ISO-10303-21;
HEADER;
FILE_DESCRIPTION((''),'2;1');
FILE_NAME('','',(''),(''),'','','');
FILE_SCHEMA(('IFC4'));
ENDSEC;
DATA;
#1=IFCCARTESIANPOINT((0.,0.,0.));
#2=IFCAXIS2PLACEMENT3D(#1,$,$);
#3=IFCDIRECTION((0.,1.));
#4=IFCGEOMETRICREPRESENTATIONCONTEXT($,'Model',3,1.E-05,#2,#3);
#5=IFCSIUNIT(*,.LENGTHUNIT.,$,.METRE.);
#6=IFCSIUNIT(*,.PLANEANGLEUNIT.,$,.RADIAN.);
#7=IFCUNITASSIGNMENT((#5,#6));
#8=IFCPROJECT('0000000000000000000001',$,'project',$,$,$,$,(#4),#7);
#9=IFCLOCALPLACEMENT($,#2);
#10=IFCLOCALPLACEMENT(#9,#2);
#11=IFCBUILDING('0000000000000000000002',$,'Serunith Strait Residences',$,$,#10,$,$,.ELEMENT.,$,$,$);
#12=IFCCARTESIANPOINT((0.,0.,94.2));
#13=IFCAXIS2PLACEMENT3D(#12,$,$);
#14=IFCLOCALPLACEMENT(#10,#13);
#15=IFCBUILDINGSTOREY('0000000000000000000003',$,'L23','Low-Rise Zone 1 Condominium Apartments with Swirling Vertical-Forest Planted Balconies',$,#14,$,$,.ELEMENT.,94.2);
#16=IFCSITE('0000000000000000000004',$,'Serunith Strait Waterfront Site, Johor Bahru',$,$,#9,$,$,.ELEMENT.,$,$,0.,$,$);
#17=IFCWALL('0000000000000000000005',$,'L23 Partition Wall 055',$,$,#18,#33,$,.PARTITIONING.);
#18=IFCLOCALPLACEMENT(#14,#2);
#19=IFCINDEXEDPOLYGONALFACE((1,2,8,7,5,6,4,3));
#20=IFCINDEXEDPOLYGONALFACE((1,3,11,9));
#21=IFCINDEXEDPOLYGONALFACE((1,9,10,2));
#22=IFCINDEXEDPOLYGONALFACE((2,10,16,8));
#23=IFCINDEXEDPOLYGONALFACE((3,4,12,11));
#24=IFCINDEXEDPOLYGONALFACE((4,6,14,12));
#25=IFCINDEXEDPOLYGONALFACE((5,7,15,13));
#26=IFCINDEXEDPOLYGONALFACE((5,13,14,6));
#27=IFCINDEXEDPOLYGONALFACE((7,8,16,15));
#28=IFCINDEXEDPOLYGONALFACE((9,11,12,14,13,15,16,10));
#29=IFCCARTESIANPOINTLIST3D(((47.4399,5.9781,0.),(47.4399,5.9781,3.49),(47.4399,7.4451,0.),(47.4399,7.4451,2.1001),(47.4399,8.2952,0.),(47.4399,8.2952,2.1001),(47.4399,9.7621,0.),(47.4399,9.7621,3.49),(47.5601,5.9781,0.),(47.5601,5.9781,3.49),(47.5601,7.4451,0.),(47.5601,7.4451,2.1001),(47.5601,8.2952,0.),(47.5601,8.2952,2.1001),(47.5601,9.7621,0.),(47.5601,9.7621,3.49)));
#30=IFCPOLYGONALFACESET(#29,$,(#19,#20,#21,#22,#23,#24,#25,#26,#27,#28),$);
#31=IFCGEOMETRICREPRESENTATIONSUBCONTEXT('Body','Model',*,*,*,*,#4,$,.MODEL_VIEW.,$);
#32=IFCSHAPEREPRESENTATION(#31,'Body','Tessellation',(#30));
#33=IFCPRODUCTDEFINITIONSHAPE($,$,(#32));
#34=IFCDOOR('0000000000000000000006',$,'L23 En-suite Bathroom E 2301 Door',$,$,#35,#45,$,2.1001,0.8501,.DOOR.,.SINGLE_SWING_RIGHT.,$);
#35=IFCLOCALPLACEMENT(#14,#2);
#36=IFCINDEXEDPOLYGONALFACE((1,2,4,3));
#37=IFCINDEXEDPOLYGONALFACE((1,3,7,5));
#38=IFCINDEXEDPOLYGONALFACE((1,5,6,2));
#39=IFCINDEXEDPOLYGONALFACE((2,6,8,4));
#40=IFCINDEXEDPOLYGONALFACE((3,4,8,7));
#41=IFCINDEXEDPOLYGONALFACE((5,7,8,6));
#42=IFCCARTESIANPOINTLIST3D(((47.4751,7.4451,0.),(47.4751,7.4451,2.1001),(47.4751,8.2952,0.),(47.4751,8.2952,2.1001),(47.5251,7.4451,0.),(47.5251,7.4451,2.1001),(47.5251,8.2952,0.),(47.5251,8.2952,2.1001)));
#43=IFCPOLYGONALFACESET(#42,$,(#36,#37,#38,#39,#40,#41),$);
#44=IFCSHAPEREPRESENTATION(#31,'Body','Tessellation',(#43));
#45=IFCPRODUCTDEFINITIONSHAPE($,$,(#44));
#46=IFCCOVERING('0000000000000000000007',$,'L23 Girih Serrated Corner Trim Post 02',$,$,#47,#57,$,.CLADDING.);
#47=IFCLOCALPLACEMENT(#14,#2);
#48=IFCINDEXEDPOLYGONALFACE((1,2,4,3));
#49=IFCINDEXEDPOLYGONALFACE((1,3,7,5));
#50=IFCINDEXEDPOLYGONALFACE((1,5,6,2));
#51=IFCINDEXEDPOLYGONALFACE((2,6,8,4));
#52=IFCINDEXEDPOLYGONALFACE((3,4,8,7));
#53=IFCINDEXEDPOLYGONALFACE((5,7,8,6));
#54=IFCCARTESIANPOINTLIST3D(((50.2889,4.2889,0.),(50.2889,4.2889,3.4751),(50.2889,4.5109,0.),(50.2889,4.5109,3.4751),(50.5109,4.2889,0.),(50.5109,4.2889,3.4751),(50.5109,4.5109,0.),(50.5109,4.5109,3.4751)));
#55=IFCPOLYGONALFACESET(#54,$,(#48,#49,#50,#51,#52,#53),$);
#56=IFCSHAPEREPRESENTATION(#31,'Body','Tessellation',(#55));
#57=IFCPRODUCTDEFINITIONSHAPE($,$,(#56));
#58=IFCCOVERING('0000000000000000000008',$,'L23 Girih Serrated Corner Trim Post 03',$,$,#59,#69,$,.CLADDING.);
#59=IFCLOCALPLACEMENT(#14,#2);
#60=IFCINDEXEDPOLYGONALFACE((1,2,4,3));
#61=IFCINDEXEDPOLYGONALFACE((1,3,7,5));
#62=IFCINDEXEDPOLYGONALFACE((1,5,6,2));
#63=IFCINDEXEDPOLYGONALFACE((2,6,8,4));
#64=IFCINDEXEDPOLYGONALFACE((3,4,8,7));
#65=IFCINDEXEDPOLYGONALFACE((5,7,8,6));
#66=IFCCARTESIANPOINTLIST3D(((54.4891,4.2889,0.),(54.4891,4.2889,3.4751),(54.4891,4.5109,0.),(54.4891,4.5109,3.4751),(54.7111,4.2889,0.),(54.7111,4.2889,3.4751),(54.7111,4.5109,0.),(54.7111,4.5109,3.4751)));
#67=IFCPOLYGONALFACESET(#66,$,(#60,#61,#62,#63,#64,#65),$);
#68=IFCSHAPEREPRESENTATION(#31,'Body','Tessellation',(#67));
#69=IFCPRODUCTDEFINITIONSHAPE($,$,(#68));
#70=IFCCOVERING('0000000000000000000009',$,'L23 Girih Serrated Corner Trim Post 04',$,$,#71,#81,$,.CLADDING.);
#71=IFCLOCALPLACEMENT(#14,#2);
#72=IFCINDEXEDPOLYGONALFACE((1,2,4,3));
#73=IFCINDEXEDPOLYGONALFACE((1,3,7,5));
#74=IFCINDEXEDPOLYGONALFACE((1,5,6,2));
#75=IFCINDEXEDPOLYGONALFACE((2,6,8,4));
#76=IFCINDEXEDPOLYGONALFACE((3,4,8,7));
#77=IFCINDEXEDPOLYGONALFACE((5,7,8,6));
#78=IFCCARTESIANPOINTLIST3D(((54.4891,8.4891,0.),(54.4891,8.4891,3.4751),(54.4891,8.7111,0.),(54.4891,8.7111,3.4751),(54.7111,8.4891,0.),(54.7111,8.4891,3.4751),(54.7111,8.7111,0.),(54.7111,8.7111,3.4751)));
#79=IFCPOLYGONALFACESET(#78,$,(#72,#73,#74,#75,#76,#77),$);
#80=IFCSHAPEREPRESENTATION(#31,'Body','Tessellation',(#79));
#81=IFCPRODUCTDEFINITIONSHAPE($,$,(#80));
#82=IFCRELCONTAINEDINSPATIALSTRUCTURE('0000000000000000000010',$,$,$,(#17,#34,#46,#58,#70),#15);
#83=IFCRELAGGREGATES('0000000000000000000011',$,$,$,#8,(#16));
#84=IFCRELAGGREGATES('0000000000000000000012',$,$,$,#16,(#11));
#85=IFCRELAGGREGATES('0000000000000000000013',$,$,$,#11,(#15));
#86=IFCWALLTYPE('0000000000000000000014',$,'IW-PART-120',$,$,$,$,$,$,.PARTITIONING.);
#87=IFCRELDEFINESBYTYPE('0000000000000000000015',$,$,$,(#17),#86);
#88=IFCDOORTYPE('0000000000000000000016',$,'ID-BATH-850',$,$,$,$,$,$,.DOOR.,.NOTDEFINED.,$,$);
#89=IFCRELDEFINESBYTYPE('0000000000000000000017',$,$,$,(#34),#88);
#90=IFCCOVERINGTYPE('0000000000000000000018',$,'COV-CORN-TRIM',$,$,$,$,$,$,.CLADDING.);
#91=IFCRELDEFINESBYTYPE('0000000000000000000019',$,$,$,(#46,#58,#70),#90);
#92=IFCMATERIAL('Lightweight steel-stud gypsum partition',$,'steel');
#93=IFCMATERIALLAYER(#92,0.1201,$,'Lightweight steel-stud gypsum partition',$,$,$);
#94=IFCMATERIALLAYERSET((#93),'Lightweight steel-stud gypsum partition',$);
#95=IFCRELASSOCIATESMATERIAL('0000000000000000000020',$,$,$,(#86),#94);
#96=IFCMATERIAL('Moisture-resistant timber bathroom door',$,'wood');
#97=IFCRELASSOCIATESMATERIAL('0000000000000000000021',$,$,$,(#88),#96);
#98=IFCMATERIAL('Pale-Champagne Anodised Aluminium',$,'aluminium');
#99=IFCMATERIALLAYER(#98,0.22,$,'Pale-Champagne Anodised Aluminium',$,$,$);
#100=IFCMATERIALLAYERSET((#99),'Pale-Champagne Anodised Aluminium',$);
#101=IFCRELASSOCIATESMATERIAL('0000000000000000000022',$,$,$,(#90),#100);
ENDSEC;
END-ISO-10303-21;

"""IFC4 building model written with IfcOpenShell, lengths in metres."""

from ifc_helpers import new_model, si_unit, direction, frame, frame_2d, origin, origin_2d, place, context, subcontext, project, spatial, rectangle, extrude, source, transform, mapped, material, layer, layer_set, type_object, element, fill, save


model = new_model("IFC4")

# Units and contexts
model_context = context("Model", 3, precision=1e-05, world=origin(), true_north=direction((0.0, 1.0)))
body_context = subcontext(model_context, "Body", "Model", "MODEL_VIEW")
ifc_project = project(units=[si_unit("LENGTHUNIT", "METRE"), si_unit("PLANEANGLEUNIT", "RADIAN")], contexts=[model_context])

# Site, building, storey
site_placement = place(None, origin())
site = spatial("IfcSite", under=ifc_project, at=site_placement, Name="Serunith Strait Waterfront Site, Johor Bahru", CompositionType="ELEMENT", RefElevation=0.0)
building_placement = place(site_placement, origin())
building = spatial("IfcBuilding", under=site, at=building_placement, Name="Serunith Strait Residences", CompositionType="ELEMENT")
storey_placement = place(building_placement, frame((0.0, 0.0, 94.2)))
storey = spatial("IfcBuildingStorey", under=building, at=storey_placement, Name="L23", Description="Low-Rise Zone 1 Condominium Apartments with Swirling Vertical-Forest Planted Balconies", CompositionType="ELEMENT", Elevation=94.2)

# Shared definitions
ifc_material_1 = material(Name="Pale-Champagne Anodised Aluminium", Category="aluminium")

# Shared definitions
ifc_material_2 = material(Name="Lightweight steel-stud gypsum partition", Category="steel")
ifc_layer_1 = layer(ifc_material_2, 0.1201, Name="Lightweight steel-stud gypsum partition")
ifc_layer_set_1 = layer_set([ifc_layer_1], Name="Lightweight steel-stud gypsum partition")
wall_type_1 = type_object("IfcWallType", Name="IW-PART-120", PredefinedType="PARTITIONING", material=ifc_layer_set_1)

# Wall, opening, door
wall_1_placement = place(storey_placement, frame((47.5, 5.978, 0.0), z_axis=(0.0, 0.0, 1.0), x_axis=(0.0, 1.0, 0.0)))
wall_1 = element("IfcWall", 1, at=wall_1_placement, inside=storey, type_object=wall_type_1, Name="L23 Partition Wall 055", PredefinedType="PARTITIONING", context=body_context, shape_type="SweptSolid", body=[
    extrude(rectangle(XDim=3.7839, YDim=0.1201, at=frame_2d((1.8921, 0.0))), origin(), (0.0, 0.0, 1.0), 3.49),
])
opening_1_placement = place(wall_1_placement, frame((1.467, 0.0, 0.0)))
opening_1 = element("IfcOpeningElement", 2, at=opening_1_placement, cuts=wall_1, PredefinedType="OPENING", context=body_context, shape_type="SweptSolid", body=[
    extrude(rectangle(XDim=0.8501, YDim=2.1001, at=frame_2d((0.425, 1.05))), frame((0.0, 0.0701, 0.0), z_axis=(0.0, -1.0, 0.0), x_axis=(1.0, 0.0, 0.0)), (0.0, 0.0, 1.0), 0.1401),
])
ifc_material_3 = material(Name="Moisture-resistant timber bathroom door", Category="wood")
door_type = type_object("IfcDoorType", Name="ID-BATH-850", OperationType="NOTDEFINED", PredefinedType="DOOR", material=ifc_material_3)
shared_shape_1 = source(origin(), body_context, "Body", "SweptSolid", [
    extrude(rectangle(XDim=0.8501, YDim=2.1001, at=frame_2d((0.425, 1.05))), frame((0.0, 0.0249, 0.0), z_axis=(0.0, -1.0, 0.0), x_axis=(1.0, 0.0, 0.0)), (0.0, 0.0, 1.0), 0.05),
])
door_placement = place(opening_1_placement, origin())
door = element("IfcDoor", 3, at=door_placement, inside=storey, type_object=door_type, Name="L23 En-suite Bathroom E 2301 Door", OperationType="SINGLE_SWING_RIGHT", OverallHeight=2.1001, OverallWidth=0.8501, PredefinedType="DOOR", context=body_context, shape_type="MappedRepresentation", body=[
    mapped(shared_shape_1, transform((0.0, 0.0, 0.0), scale=1.0)),
])
fill(opening_1, door)

# Coverings
ifc_layer_2 = layer(ifc_material_1, 0.22, Name="Pale-Champagne Anodised Aluminium")
ifc_layer_set_2 = layer_set([ifc_layer_2], Name="Pale-Champagne Anodised Aluminium")
covering_type = type_object("IfcCoveringType", Name="COV-CORN-TRIM", PredefinedType="CLADDING", material=ifc_layer_set_2)
shared_shape_2 = source(origin(), body_context, "Body", "SweptSolid", [
    extrude(rectangle(XDim=0.2219, YDim=0.2219, at=origin_2d()), origin(), (0.0, 0.0, 1.0), 3.4751),
])
for number, where, z_axis, x_axis, name in (
    (4, (50.3999, 4.3999, 0.0), (0.0, 0.0, 1.0), (1.0, 0.0, 0.0), "L23 Girih Serrated Corner Trim Post 02"),
    (5, (54.6001, 4.3999, 0.0), (0.0, 0.0, 1.0), (1.0, 0.0, 0.0), "L23 Girih Serrated Corner Trim Post 03"),
    (6, (54.6001, 8.6001, 0.0), (0.0, 0.0, 1.0), (1.0, 0.0, 0.0), "L23 Girih Serrated Corner Trim Post 04"),
):
    element("IfcCovering", number, at=place(storey_placement, frame(where, z_axis=z_axis, x_axis=x_axis)), inside=storey, type_object=covering_type, Name=name, PredefinedType="CLADDING", context=body_context, shape_type="MappedRepresentation", body=[
        mapped(shared_shape_2, transform((0.0, 0.0, 0.0), scale=1.0)),
    ])

save(model, "model.ifc")
